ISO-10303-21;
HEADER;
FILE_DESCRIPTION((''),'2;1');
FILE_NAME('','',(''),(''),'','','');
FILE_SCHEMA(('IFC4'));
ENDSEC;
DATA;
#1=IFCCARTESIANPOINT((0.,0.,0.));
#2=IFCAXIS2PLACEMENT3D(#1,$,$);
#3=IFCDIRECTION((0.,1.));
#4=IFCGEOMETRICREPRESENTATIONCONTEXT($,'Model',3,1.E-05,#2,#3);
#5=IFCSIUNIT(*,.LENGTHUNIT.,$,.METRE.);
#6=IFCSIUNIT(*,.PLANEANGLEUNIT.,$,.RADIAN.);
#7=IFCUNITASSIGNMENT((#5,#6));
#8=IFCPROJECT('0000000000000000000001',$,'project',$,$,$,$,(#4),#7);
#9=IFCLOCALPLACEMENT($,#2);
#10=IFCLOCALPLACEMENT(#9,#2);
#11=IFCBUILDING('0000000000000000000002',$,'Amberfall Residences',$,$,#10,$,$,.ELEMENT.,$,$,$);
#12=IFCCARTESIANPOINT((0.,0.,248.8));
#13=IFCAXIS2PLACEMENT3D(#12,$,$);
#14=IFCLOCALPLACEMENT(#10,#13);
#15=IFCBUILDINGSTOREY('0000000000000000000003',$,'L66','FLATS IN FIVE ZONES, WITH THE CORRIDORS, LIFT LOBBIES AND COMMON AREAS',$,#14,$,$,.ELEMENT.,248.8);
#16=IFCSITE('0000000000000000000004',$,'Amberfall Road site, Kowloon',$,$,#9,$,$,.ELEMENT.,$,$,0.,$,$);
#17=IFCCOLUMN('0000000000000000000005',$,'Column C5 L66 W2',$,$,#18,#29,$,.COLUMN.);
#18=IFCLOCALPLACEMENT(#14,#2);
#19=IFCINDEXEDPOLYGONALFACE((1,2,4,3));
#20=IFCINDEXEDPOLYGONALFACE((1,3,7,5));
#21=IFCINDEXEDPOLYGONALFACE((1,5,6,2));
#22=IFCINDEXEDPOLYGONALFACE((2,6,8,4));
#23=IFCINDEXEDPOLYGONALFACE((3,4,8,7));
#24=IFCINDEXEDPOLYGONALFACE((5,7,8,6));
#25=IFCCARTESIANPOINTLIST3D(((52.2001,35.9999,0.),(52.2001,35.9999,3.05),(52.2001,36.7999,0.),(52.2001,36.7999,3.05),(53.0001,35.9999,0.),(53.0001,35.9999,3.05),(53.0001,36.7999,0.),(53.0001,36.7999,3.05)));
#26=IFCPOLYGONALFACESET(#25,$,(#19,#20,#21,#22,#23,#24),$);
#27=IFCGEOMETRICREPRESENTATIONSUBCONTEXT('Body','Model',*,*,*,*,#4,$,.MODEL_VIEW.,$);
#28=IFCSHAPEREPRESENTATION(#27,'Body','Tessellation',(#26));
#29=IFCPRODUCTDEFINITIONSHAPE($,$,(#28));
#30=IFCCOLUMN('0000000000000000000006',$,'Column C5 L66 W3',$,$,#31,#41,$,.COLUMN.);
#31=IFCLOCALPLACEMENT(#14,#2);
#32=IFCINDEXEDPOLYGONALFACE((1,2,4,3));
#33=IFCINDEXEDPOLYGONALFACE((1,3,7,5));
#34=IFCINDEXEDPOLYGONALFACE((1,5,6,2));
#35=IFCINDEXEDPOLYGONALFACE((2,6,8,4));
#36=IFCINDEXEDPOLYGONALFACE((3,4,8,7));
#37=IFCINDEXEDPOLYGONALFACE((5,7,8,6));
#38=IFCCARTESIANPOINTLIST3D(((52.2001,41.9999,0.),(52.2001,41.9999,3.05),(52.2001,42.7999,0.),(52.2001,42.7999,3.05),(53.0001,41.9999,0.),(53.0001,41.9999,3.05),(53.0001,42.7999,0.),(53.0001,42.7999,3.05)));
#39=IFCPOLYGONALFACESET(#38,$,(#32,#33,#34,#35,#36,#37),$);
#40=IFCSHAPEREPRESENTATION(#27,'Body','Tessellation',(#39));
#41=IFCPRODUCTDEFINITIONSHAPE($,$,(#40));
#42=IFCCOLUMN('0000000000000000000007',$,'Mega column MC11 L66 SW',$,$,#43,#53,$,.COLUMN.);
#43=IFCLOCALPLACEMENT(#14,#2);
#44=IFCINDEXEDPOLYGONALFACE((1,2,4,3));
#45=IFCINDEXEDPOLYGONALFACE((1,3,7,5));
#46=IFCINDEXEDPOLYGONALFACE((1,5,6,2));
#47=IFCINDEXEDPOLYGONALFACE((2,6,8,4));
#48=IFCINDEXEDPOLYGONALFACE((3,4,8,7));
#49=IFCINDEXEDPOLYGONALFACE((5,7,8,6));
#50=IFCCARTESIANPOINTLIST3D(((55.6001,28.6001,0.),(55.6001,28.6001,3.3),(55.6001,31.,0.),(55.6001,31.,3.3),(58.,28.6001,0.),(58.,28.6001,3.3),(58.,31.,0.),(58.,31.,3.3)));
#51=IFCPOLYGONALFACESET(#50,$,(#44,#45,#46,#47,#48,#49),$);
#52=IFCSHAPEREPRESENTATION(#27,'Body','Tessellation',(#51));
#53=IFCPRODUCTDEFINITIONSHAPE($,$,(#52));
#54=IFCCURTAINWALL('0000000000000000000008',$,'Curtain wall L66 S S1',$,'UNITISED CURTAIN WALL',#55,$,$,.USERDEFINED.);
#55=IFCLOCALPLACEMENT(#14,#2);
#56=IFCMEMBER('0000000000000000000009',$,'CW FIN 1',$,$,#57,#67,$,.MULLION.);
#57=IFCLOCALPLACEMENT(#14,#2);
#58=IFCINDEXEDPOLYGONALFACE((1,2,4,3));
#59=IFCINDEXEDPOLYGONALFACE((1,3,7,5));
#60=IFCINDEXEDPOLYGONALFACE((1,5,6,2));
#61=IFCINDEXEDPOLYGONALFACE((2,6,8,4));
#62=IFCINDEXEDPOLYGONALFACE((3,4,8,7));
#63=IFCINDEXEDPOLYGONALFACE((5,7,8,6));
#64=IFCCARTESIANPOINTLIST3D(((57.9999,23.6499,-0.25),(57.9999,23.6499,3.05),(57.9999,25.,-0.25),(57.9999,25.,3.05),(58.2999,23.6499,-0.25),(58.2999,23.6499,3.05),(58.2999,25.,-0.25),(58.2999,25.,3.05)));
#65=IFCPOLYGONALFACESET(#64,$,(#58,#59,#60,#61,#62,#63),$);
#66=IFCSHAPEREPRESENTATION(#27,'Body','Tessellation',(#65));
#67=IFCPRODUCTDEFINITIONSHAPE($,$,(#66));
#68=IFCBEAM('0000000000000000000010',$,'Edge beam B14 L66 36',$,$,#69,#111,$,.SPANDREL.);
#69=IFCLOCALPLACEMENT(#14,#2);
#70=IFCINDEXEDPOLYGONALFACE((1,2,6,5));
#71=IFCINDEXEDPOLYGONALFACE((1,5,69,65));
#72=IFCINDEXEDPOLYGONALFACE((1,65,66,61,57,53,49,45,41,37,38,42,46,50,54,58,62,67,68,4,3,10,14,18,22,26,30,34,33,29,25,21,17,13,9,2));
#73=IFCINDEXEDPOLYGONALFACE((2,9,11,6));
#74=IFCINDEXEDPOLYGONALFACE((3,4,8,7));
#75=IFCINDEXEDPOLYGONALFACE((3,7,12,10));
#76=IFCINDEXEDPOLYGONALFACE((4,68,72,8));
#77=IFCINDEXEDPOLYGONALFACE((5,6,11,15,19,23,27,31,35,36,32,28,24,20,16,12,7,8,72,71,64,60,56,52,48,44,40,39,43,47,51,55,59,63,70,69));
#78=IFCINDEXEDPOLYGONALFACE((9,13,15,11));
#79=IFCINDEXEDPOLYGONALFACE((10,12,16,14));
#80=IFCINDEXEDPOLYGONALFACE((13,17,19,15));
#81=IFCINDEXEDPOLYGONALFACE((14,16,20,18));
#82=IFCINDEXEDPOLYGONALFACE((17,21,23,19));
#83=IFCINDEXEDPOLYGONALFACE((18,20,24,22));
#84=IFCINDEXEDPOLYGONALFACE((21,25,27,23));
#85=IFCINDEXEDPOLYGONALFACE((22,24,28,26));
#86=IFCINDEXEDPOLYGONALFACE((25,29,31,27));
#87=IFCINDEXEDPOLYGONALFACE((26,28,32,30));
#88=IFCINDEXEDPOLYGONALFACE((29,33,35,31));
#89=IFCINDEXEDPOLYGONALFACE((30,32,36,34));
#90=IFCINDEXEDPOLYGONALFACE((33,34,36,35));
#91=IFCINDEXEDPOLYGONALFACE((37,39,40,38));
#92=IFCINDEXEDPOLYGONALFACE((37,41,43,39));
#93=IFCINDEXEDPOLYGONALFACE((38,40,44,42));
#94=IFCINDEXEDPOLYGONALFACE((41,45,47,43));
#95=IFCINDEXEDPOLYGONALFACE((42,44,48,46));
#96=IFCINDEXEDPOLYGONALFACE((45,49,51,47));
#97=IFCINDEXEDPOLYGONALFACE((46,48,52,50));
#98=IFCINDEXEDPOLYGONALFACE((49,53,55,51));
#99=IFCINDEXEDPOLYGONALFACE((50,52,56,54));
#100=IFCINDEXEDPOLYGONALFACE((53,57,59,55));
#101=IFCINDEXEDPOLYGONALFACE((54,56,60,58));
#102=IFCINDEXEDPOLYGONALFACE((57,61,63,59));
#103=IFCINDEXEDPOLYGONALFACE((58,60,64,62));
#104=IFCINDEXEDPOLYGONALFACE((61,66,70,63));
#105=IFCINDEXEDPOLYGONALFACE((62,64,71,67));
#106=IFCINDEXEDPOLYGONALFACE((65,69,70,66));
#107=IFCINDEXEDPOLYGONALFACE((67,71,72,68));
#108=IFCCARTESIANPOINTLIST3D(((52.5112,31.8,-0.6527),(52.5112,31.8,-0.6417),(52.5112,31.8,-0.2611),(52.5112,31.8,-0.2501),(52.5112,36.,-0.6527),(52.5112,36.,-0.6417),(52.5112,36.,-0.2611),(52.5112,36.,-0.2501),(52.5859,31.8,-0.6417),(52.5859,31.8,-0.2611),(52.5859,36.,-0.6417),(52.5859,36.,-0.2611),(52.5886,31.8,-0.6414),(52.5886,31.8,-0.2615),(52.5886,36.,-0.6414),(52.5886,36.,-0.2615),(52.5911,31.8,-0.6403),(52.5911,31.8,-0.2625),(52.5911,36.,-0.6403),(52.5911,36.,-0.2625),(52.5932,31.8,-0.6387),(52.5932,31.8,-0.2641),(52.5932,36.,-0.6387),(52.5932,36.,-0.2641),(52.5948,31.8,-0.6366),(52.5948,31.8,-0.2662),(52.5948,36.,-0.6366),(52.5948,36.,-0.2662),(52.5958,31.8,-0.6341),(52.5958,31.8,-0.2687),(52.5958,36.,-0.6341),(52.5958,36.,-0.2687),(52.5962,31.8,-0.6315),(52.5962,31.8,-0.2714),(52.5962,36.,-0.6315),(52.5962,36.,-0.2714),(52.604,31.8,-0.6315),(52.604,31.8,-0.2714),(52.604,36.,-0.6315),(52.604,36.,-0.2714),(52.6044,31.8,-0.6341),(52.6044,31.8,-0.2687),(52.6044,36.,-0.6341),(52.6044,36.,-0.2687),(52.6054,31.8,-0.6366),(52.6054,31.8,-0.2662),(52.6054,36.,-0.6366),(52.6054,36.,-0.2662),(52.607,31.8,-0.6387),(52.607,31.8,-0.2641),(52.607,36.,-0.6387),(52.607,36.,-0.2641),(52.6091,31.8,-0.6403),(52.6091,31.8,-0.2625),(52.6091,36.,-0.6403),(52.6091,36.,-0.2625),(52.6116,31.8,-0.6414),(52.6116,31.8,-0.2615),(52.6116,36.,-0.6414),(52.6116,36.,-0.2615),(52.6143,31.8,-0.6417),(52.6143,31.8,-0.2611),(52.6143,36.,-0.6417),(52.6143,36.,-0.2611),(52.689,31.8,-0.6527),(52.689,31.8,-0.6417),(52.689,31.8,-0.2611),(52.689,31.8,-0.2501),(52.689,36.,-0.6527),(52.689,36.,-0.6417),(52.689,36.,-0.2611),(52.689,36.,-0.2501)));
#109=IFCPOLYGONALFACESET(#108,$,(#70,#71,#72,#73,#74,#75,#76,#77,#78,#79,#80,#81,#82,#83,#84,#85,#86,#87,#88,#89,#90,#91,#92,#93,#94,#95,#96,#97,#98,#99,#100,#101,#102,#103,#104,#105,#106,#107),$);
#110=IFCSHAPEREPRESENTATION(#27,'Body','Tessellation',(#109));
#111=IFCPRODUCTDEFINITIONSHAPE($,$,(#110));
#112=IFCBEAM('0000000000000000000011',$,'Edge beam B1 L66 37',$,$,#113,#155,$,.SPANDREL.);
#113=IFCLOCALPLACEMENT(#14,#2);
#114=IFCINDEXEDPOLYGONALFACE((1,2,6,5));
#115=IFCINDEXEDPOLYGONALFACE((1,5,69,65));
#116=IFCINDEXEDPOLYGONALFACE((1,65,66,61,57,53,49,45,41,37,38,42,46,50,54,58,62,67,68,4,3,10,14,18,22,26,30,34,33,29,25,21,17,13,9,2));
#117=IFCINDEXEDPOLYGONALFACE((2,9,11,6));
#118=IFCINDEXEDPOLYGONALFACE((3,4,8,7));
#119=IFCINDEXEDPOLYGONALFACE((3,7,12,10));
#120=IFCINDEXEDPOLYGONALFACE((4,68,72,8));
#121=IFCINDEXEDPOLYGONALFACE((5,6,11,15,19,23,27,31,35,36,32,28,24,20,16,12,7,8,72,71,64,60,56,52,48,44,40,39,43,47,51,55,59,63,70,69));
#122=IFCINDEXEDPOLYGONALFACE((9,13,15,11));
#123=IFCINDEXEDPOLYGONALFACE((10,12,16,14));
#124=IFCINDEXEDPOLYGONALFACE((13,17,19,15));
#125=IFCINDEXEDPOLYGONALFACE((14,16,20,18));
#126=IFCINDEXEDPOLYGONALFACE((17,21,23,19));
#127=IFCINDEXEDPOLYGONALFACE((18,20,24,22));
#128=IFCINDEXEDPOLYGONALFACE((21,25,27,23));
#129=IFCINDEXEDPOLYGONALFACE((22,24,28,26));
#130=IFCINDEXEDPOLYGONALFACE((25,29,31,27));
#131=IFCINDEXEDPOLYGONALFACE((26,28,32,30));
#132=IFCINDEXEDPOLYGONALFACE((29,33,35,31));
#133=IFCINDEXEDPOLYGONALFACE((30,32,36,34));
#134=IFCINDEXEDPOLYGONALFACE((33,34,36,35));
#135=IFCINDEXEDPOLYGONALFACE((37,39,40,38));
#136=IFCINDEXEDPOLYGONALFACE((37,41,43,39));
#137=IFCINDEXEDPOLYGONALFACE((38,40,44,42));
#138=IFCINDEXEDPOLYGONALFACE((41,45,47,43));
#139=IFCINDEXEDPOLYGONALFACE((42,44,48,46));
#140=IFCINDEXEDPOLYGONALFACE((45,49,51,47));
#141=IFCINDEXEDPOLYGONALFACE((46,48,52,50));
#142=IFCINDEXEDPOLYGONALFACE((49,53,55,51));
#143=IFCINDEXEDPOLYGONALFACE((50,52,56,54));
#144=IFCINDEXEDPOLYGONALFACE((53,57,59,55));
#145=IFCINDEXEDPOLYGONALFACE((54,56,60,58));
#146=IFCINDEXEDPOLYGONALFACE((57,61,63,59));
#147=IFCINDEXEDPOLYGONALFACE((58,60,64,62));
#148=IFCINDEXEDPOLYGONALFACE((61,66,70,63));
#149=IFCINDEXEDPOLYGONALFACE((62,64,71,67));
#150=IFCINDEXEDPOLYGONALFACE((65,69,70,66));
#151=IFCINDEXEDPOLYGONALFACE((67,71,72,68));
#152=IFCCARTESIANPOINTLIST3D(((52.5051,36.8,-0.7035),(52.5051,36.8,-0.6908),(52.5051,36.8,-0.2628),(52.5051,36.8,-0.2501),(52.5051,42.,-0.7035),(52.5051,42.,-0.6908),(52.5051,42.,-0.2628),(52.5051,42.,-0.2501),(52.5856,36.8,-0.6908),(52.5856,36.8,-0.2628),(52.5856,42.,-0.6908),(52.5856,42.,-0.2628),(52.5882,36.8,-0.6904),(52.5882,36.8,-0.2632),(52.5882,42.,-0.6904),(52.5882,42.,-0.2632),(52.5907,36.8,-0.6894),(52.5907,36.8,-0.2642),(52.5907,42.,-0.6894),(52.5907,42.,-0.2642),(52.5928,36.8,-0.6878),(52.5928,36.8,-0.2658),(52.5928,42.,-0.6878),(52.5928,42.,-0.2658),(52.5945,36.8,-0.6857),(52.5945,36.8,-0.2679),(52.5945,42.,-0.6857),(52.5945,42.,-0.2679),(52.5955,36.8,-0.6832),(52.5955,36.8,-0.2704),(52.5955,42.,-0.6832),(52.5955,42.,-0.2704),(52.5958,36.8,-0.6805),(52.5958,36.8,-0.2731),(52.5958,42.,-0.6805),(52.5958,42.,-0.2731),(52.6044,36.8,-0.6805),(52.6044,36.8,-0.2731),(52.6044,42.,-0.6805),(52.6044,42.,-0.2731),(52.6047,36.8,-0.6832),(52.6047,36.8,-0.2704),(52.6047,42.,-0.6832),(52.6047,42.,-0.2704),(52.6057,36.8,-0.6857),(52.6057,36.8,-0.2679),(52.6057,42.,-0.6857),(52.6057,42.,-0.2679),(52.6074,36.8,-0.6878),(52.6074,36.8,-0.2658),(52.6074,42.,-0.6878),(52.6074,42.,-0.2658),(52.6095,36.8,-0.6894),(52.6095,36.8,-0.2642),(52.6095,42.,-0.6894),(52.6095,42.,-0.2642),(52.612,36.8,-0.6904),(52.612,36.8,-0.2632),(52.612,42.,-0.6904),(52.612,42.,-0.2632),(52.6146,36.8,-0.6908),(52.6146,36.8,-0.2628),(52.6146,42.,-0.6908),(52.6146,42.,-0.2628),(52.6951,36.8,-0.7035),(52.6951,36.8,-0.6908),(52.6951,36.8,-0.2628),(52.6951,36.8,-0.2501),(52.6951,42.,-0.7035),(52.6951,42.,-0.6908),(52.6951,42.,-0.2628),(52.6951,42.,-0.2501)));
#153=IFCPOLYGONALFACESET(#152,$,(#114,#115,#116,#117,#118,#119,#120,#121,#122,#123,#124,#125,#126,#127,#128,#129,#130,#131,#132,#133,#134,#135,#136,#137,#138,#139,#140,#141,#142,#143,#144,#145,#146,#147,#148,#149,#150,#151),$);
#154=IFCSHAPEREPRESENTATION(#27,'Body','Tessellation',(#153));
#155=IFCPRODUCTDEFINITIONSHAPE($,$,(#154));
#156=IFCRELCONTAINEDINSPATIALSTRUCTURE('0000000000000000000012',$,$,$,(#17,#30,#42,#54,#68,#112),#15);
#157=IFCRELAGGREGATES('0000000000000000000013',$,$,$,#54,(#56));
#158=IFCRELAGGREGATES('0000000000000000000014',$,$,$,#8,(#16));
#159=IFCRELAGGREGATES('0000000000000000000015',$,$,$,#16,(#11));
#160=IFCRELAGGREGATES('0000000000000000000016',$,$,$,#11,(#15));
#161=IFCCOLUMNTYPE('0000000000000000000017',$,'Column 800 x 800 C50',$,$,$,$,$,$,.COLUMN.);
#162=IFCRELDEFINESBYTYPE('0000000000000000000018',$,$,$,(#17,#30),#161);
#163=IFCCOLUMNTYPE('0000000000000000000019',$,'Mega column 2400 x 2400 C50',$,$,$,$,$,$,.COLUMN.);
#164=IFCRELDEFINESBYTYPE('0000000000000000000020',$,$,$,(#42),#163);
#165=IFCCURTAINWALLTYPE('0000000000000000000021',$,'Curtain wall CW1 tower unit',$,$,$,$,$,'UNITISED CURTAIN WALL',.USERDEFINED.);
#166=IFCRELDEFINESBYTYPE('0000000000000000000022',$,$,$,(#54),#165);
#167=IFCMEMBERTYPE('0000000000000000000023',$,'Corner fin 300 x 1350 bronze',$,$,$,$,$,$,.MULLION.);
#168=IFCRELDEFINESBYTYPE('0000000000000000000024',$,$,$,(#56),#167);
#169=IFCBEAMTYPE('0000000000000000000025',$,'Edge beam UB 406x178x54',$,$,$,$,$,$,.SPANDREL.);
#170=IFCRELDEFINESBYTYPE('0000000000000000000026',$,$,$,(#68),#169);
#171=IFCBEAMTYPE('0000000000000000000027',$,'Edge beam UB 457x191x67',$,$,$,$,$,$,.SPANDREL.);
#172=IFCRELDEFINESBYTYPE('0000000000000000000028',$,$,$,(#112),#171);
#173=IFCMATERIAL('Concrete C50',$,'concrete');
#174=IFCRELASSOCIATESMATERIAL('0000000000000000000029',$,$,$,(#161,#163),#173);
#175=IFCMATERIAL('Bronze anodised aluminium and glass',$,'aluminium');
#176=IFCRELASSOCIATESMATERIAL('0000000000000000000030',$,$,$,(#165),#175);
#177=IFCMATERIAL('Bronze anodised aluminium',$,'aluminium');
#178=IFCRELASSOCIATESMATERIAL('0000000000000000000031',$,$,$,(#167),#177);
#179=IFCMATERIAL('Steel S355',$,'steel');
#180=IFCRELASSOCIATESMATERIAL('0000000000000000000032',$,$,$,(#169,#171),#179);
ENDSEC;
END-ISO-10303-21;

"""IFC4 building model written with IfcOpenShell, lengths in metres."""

from ifc_helpers import new_model, si_unit, direction, frame, origin, origin_2d, place, context, subcontext, project, spatial, rectangle, i_section, extrude, material, material_profile, profile_set, type_object, element, aggregate, save


model = new_model("IFC4")

# Units and contexts
model_context = context("Model", 3, precision=1e-05, world=origin(), true_north=direction((0.0, 1.0)))
body_context = subcontext(model_context, "Body", "Model", "MODEL_VIEW")
ifc_project = project(units=[si_unit("LENGTHUNIT", "METRE"), si_unit("PLANEANGLEUNIT", "RADIAN")], contexts=[model_context])

# Site, building, storey
site_placement = place(None, origin())
site = spatial("IfcSite", under=ifc_project, at=site_placement, Name="Amberfall Road site, Kowloon", CompositionType="ELEMENT", RefElevation=0.0)
building_placement = place(site_placement, origin())
building = spatial("IfcBuilding", under=site, at=building_placement, Name="Amberfall Residences", CompositionType="ELEMENT")
storey_placement = place(building_placement, frame((0.0, 0.0, 248.8)))
storey = spatial("IfcBuildingStorey", under=building, at=storey_placement, Name="L66", Description="FLATS IN FIVE ZONES, WITH THE CORRIDORS, LIFT LOBBIES AND COMMON AREAS", CompositionType="ELEMENT", Elevation=248.8)

# Columns
ifc_material_1 = material(Name="Concrete C50", Category="concrete")
ifc_material_profile_1 = material_profile(ifc_material_1, rectangle(XDim=0.8, YDim=0.8, at=origin_2d()), Name="Column 800 x 800 C50")
ifc_profile_set_1 = profile_set([ifc_material_profile_1], Name="Concrete C50")
column_type_1 = type_object("IfcColumnType", Name="Column 800 x 800 C50", PredefinedType="COLUMN", material=ifc_profile_set_1)
for number, where, z_axis, x_axis, name in (
    (1, (52.6001, 36.3999, 0.0), (0.0, 0.0, 1.0), (1.0, 0.0, 0.0), "Column C5 L66 W2"),
    (2, (52.6001, 42.3999, 0.0), (0.0, 0.0, 1.0), (1.0, 0.0, 0.0), "Column C5 L66 W3"),
):
    element("IfcColumn", number, at=place(storey_placement, frame(where, z_axis=z_axis, x_axis=x_axis)), inside=storey, type_object=column_type_1, Name=name, PredefinedType="COLUMN", context=body_context, shape_type="SweptSolid", body=[
        extrude(rectangle(XDim=0.8, YDim=0.8, at=origin_2d()), origin(), (0.0, 0.0, 1.0), 3.05),
    ])
ifc_material_profile_2 = material_profile(ifc_material_1, rectangle(XDim=2.3999, YDim=2.3999, at=origin_2d()), Name="Mega column 2400 x 2400 C50")
ifc_profile_set_2 = profile_set([ifc_material_profile_2], Name="Concrete C50")
column_type_2 = type_object("IfcColumnType", Name="Mega column 2400 x 2400 C50", PredefinedType="COLUMN", material=ifc_profile_set_2)
column_placement = place(storey_placement, frame((56.8, 29.8, 0.0), z_axis=(0.0, 0.0, 1.0), x_axis=(1.0, 0.0, 0.0)))
element("IfcColumn", 3, at=column_placement, inside=storey, type_object=column_type_2, Name="Mega column MC11 L66 SW", PredefinedType="COLUMN", context=body_context, shape_type="SweptSolid", body=[
    extrude(rectangle(XDim=2.3999, YDim=2.3999, at=origin_2d()), origin(), (0.0, 0.0, 1.0), 3.3),
])

# Curtain wall, member
ifc_material_2 = material(Name="Bronze anodised aluminium and glass", Category="aluminium")
curtain_wall_type = type_object("IfcCurtainWallType", Name="Curtain wall CW1 tower unit", ElementType="UNITISED CURTAIN WALL", PredefinedType="USERDEFINED", material=ifc_material_2)
curtain_wall_placement = place(storey_placement, origin())
curtain_wall = element("IfcCurtainWall", 4, at=curtain_wall_placement, inside=storey, type_object=curtain_wall_type, Name="Curtain wall L66 S S1", ObjectType="UNITISED CURTAIN WALL", PredefinedType="USERDEFINED")
ifc_material_3 = material(Name="Bronze anodised aluminium", Category="aluminium")
ifc_material_profile_3 = material_profile(ifc_material_3, rectangle(XDim=1.3501, YDim=0.3, at=origin_2d()), Name="Corner fin 300 x 1350 bronze")
ifc_profile_set_3 = profile_set([ifc_material_profile_3], Name="Bronze anodised aluminium")
member_type = type_object("IfcMemberType", Name="Corner fin 300 x 1350 bronze", PredefinedType="MULLION", material=ifc_profile_set_3)
member_placement = place(storey_placement, frame((58.1499, 24.325, -0.25), z_axis=(0.0, 0.0, 1.0), x_axis=(0.0, 1.0, 0.0)))
member = element("IfcMember", 5, at=member_placement, type_object=member_type, Name="CW FIN 1", PredefinedType="MULLION", context=body_context, shape_type="SweptSolid", body=[
    extrude(rectangle(XDim=1.3501, YDim=0.3, at=origin_2d()), origin(), (0.0, 0.0, 1.0), 3.3),
])
aggregate(curtain_wall, [member])

# Beams
ifc_material_4 = material(Name="Steel S355", Category="steel")
ifc_material_profile_4 = material_profile(ifc_material_4, i_section(OverallWidth=0.1777, OverallDepth=0.4026, WebThickness=0.0078, FlangeThickness=0.011, FilletRadius=0.0103, at=origin_2d()), Name="UB 406x178x54")
ifc_profile_set_4 = profile_set([ifc_material_profile_4], Name="Steel S355")
beam_type_1 = type_object("IfcBeamType", Name="Edge beam UB 406x178x54", PredefinedType="SPANDREL", material=ifc_profile_set_4)
beam_1_placement = place(storey_placement, frame((52.6001, 31.8, -0.4514), z_axis=(0.0, 1.0, 0.0), x_axis=(-1.0, 0.0, 0.0)))
element("IfcBeam", 6, at=beam_1_placement, inside=storey, type_object=beam_type_1, Name="Edge beam B14 L66 36", PredefinedType="SPANDREL", context=body_context, shape_type="SweptSolid", body=[
    extrude(i_section(OverallWidth=0.1777, OverallDepth=0.4026, WebThickness=0.0078, FlangeThickness=0.011, FilletRadius=0.0103, at=origin_2d()), origin(), (0.0, 0.0, 1.0), 4.2),
])
ifc_material_profile_5 = material_profile(ifc_material_4, i_section(OverallWidth=0.1899, OverallDepth=0.4534, WebThickness=0.0085, FlangeThickness=0.0127, FilletRadius=0.0103, at=origin_2d()), Name="UB 457x191x67")
ifc_profile_set_5 = profile_set([ifc_material_profile_5], Name="Steel S355")
beam_type_2 = type_object("IfcBeamType", Name="Edge beam UB 457x191x67", PredefinedType="SPANDREL", material=ifc_profile_set_5)
beam_2_placement = place(storey_placement, frame((52.6001, 36.8, -0.4768), z_axis=(0.0, 1.0, 0.0), x_axis=(-1.0, 0.0, 0.0)))
element("IfcBeam", 7, at=beam_2_placement, inside=storey, type_object=beam_type_2, Name="Edge beam B1 L66 37", PredefinedType="SPANDREL", context=body_context, shape_type="SweptSolid", body=[
    extrude(i_section(OverallWidth=0.1899, OverallDepth=0.4534, WebThickness=0.0085, FlangeThickness=0.0127, FilletRadius=0.0103, at=origin_2d()), origin(), (0.0, 0.0, 1.0), 5.2),
])

save(model, "model.ifc")
